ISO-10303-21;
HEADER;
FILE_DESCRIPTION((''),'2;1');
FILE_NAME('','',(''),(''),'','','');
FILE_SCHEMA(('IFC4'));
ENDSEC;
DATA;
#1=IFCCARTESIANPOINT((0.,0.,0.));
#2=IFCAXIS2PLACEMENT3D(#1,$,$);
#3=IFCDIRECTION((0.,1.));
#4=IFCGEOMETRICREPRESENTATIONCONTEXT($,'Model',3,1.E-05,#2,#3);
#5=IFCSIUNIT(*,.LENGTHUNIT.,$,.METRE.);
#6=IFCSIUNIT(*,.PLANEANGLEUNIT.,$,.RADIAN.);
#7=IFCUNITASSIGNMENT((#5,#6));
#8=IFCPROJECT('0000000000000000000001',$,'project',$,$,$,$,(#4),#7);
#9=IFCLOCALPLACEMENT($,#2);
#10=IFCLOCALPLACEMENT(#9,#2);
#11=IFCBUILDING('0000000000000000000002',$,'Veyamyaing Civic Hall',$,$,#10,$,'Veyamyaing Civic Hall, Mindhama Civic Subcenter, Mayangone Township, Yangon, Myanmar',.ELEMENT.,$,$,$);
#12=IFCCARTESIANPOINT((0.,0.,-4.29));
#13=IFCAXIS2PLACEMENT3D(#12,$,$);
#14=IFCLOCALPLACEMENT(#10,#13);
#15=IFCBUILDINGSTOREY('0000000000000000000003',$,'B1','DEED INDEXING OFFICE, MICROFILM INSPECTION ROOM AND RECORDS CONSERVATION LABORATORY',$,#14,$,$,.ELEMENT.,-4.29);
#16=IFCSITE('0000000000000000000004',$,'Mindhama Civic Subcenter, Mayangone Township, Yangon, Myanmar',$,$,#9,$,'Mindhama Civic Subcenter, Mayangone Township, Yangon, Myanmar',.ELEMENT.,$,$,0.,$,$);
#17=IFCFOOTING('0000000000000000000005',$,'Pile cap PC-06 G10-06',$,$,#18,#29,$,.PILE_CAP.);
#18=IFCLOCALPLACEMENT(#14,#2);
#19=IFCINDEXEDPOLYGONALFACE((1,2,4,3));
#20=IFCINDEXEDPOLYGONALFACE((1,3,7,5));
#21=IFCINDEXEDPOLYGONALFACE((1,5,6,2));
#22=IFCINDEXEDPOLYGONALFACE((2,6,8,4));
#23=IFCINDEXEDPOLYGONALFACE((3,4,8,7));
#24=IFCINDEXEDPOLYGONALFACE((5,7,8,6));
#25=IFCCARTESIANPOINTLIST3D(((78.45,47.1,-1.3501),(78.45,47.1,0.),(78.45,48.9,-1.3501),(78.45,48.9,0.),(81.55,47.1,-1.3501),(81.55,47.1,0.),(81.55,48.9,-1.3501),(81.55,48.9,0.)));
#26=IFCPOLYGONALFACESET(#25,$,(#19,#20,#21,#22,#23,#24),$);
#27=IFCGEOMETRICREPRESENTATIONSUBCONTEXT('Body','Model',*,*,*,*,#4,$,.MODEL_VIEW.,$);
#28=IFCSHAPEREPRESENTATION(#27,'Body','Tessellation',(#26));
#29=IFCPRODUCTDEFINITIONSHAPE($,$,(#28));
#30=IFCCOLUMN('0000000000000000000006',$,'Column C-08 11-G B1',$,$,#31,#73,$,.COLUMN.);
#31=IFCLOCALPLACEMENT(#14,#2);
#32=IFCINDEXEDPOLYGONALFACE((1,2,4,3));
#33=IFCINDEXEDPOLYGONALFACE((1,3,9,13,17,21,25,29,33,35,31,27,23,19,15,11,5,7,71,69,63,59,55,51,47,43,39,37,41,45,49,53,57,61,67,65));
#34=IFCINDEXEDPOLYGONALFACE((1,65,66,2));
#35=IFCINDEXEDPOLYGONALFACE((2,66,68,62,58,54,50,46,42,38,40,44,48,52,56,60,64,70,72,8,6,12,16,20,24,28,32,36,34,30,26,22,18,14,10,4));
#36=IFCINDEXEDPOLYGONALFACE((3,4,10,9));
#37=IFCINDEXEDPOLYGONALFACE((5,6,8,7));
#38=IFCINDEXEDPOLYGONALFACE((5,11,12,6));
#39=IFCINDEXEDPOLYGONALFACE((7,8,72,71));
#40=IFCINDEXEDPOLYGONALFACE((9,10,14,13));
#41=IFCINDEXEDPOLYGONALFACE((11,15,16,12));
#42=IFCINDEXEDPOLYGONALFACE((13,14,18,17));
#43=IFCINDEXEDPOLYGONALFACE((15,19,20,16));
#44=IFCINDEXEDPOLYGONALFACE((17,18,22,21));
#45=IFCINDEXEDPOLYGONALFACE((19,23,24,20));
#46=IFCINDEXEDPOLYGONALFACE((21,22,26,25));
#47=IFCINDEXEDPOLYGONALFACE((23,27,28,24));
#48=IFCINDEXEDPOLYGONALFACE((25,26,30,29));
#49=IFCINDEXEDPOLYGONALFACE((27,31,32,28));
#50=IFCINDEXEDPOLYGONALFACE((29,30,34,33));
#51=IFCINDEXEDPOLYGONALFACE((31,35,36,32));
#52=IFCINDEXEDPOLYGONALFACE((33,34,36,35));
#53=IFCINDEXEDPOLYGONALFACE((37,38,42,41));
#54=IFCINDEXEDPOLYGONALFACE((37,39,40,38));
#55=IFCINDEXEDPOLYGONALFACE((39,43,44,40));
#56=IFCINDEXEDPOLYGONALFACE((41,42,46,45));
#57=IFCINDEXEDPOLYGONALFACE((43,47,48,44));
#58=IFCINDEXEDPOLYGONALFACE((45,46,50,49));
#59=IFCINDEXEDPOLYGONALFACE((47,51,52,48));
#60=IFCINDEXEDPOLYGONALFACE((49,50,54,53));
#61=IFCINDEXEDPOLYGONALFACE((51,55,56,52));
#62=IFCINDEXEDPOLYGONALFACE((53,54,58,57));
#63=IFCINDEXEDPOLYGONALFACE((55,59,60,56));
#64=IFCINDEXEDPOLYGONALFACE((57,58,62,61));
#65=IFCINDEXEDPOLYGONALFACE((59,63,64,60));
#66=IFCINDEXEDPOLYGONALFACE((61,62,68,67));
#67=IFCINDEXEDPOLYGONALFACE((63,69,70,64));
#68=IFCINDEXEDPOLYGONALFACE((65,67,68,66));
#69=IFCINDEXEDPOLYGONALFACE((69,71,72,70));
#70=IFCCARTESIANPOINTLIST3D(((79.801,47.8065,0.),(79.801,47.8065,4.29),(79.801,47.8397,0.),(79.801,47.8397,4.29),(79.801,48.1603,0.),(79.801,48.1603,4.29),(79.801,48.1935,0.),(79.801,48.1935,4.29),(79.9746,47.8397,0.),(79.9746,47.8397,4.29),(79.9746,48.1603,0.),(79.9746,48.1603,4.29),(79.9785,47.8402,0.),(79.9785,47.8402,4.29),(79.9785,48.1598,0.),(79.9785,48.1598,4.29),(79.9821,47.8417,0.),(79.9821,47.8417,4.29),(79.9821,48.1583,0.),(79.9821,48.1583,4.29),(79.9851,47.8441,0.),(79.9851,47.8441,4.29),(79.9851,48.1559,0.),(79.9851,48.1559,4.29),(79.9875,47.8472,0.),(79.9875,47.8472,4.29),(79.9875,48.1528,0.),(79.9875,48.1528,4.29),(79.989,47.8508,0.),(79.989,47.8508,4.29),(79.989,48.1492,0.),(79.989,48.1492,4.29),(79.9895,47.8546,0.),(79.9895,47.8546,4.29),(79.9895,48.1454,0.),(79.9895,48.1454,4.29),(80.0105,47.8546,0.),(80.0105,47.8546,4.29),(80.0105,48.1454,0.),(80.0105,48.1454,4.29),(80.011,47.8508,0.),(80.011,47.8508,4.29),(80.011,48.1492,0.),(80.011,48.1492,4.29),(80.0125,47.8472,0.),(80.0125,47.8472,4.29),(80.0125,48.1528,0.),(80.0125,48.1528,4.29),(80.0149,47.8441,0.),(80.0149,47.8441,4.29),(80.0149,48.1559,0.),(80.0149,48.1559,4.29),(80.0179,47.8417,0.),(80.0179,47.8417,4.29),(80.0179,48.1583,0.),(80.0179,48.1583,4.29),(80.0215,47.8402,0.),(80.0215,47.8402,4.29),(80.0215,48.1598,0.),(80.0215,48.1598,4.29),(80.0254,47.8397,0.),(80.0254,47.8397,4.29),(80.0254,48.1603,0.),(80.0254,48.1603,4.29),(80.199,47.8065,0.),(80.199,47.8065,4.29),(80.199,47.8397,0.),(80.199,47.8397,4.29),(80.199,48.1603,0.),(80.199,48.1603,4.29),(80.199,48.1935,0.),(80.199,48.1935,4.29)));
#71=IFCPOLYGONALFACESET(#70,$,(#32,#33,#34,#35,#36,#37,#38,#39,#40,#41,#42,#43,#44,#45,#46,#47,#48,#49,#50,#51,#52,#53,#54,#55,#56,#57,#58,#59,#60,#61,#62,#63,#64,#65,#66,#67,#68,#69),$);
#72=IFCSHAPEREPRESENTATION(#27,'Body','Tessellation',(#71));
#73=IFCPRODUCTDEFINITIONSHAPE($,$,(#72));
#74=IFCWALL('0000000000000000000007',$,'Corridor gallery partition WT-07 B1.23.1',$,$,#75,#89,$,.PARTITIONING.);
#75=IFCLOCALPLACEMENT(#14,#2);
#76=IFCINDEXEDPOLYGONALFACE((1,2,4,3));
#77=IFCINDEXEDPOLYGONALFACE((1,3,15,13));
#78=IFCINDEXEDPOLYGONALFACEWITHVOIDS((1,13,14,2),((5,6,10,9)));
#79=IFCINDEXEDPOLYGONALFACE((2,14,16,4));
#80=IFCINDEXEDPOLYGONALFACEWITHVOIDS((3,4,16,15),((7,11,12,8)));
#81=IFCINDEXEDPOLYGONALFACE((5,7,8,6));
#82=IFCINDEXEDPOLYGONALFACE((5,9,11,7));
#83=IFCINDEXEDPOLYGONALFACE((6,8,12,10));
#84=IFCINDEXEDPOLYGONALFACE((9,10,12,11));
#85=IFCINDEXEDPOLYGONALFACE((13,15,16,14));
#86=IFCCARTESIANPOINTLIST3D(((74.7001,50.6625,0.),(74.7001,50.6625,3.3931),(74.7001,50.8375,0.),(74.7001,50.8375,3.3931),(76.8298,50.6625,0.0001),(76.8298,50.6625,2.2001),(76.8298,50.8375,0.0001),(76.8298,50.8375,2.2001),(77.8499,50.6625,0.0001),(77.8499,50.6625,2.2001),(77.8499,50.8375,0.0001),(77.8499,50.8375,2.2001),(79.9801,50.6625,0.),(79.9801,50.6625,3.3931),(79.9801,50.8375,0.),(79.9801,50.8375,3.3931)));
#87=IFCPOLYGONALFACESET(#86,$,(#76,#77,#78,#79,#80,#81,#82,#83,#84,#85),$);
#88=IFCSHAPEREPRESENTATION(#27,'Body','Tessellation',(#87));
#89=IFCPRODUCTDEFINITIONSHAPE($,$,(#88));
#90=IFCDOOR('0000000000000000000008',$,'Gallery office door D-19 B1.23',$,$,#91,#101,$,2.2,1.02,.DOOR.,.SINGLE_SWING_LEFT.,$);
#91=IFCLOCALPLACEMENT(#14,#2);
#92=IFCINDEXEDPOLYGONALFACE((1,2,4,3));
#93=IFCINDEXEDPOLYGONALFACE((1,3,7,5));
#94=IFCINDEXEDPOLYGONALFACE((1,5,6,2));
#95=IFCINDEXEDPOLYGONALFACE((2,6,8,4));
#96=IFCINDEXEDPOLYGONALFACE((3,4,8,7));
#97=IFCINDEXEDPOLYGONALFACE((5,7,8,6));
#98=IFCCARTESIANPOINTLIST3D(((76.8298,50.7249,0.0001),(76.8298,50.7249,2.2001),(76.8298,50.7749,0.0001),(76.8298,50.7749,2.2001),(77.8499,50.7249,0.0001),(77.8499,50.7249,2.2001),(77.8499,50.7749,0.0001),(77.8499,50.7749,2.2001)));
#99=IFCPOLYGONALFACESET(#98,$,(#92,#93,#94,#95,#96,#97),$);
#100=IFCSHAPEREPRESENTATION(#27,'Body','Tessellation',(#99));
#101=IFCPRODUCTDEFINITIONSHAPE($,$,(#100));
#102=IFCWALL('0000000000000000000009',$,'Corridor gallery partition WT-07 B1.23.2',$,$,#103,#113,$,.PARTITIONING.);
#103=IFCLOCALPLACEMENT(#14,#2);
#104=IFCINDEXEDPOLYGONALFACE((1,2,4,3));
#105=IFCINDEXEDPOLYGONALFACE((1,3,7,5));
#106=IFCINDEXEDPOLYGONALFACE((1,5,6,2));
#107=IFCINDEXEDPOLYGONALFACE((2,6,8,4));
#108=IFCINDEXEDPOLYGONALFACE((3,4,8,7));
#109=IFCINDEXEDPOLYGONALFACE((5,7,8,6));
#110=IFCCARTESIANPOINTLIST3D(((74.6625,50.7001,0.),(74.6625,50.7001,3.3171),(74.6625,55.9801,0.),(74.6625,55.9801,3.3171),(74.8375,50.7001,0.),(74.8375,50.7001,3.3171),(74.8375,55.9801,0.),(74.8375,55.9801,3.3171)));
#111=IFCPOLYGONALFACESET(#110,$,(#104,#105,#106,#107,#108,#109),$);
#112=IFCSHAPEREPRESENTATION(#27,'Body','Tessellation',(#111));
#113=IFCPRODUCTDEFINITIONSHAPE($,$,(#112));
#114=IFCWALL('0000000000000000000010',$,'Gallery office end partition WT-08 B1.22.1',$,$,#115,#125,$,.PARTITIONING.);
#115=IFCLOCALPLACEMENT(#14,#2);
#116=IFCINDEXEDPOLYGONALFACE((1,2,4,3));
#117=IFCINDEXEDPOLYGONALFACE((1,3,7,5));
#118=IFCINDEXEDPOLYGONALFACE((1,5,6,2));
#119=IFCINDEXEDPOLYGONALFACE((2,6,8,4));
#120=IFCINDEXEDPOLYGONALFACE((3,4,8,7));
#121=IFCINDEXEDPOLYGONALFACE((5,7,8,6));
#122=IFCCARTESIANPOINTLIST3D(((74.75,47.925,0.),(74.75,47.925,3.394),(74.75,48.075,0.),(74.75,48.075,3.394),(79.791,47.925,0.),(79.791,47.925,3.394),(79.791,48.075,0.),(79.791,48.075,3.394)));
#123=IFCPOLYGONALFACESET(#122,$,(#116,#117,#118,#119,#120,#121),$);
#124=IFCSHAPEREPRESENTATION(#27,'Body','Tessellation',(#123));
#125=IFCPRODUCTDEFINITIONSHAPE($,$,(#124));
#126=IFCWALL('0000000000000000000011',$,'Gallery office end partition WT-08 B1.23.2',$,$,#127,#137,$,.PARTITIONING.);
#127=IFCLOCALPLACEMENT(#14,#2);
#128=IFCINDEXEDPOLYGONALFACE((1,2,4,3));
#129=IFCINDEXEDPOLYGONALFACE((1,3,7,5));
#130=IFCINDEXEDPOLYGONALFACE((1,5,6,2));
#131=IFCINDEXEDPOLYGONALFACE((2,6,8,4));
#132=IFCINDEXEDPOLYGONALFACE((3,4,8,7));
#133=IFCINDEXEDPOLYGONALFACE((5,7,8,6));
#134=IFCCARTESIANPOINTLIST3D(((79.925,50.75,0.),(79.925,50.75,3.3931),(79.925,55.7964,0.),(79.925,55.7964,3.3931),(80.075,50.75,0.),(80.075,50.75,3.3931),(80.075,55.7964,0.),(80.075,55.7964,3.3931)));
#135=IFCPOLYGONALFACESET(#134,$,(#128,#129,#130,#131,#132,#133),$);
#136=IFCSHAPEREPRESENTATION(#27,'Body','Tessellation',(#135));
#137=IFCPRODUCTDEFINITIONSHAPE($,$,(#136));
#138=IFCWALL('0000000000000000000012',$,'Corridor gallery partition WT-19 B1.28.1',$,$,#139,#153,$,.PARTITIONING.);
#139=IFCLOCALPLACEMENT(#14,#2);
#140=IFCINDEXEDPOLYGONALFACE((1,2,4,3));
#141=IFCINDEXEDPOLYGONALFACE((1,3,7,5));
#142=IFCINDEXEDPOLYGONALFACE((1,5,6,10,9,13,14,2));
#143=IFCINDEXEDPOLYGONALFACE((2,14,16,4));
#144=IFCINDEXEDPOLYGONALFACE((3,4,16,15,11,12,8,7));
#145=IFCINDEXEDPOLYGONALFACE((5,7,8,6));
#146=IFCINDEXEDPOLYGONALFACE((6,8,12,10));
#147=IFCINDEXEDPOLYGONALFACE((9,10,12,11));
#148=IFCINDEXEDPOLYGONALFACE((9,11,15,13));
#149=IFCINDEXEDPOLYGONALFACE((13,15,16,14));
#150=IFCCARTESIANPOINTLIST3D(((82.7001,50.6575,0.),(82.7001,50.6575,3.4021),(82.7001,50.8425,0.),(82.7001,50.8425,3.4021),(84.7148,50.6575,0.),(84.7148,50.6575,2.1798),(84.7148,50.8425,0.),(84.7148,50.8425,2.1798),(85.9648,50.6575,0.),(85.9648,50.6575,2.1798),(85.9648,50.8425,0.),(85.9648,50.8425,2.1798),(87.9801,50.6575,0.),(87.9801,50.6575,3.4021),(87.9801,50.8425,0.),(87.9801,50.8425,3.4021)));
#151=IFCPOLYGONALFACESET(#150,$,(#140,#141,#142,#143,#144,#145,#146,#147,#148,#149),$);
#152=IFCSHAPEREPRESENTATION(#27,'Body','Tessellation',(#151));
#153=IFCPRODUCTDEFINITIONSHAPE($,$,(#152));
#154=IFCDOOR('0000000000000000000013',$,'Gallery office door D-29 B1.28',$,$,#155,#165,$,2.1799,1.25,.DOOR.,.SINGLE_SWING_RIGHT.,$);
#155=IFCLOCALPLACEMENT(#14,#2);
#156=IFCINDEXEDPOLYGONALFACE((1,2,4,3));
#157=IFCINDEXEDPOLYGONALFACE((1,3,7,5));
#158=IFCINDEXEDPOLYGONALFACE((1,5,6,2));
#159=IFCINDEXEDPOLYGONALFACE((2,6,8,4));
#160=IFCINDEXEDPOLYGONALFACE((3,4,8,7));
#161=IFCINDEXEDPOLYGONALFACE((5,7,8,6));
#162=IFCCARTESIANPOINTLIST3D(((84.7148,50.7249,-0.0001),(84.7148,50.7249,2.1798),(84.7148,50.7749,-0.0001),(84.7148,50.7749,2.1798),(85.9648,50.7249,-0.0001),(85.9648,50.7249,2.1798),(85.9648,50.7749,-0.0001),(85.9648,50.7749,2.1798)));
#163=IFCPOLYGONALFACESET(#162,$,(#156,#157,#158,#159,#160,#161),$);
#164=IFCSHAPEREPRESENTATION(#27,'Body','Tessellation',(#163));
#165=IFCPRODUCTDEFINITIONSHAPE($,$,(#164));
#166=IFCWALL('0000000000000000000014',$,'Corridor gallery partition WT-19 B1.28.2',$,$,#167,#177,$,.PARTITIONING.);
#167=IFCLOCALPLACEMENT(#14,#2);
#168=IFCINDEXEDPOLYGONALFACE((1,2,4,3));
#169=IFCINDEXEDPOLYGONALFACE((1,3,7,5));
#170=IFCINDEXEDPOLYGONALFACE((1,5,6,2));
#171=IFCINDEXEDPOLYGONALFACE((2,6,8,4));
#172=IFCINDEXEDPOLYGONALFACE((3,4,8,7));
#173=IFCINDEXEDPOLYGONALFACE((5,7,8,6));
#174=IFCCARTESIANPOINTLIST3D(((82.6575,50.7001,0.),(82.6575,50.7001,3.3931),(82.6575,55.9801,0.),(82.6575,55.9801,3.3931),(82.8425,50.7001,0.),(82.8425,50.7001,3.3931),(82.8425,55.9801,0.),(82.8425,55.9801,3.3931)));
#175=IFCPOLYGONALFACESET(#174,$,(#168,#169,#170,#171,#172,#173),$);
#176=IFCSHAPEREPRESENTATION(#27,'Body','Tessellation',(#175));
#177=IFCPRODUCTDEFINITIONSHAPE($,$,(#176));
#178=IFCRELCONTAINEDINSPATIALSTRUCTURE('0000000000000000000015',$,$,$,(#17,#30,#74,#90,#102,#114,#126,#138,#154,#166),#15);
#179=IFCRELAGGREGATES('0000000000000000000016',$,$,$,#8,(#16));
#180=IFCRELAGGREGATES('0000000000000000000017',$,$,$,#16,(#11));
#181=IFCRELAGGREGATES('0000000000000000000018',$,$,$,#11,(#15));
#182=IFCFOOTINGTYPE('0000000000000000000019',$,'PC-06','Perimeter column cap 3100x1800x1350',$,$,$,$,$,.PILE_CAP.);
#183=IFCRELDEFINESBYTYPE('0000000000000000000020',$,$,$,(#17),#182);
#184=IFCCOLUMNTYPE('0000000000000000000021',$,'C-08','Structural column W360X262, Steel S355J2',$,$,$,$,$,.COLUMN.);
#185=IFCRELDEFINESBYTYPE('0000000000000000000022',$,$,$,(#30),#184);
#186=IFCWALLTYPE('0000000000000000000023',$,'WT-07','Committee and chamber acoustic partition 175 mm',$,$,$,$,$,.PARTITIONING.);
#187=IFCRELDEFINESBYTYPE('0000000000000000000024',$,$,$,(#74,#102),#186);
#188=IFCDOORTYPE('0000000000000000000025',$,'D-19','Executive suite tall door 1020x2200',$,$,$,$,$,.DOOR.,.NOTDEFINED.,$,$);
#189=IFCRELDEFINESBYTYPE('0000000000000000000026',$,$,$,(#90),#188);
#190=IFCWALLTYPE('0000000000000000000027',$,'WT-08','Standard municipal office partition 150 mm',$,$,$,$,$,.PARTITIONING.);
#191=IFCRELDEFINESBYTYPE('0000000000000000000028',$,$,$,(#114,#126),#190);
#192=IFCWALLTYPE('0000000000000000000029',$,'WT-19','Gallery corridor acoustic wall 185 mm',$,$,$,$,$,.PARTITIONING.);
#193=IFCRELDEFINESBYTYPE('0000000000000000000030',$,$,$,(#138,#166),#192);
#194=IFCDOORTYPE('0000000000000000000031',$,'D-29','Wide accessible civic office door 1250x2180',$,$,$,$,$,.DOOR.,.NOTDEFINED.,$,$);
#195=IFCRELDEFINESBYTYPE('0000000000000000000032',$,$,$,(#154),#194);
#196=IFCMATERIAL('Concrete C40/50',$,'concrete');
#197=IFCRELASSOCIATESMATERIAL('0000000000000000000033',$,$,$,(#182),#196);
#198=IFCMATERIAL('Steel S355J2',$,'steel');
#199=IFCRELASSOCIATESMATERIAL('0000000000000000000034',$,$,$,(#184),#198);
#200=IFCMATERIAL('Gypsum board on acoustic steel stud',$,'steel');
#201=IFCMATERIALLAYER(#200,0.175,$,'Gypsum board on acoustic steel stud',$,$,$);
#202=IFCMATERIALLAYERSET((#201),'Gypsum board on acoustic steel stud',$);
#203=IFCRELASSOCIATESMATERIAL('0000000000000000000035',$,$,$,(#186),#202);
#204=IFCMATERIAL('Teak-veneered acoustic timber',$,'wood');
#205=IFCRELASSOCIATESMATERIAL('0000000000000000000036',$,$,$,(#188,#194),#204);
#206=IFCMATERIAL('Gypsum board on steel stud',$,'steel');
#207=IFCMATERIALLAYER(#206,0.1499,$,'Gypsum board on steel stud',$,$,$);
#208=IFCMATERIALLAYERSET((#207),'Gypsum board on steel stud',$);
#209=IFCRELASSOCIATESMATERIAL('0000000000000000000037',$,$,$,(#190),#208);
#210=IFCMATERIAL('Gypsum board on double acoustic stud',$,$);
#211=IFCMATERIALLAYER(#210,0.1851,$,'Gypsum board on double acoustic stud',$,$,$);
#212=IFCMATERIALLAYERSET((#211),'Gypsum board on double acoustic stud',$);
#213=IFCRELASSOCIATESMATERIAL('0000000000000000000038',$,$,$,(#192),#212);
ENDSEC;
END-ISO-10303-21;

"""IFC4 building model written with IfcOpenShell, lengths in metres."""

from ifc_helpers import new_model, si_unit, direction, frame, frame_2d, origin, origin_2d, place, context, subcontext, project, spatial, rectangle, i_section, extrude, material, layer, layer_set, material_profile, profile_set, type_object, element, fill, save


model = new_model("IFC4")

# Units and contexts
model_context = context("Model", 3, precision=1e-05, world=origin(), true_north=direction((0.0, 1.0)))
body_context = subcontext(model_context, "Body", "Model", "MODEL_VIEW")
ifc_project = project(units=[si_unit("LENGTHUNIT", "METRE"), si_unit("PLANEANGLEUNIT", "RADIAN")], contexts=[model_context])

# Site, building, storey
site_placement = place(None, origin())
site = spatial("IfcSite", under=ifc_project, at=site_placement, Name="Mindhama Civic Subcenter, Mayangone Township, Yangon, Myanmar", LongName="Mindhama Civic Subcenter, Mayangone Township, Yangon, Myanmar", CompositionType="ELEMENT", RefElevation=0.0)
building_placement = place(site_placement, origin())
building = spatial("IfcBuilding", under=site, at=building_placement, Name="Veyamyaing Civic Hall", LongName="Veyamyaing Civic Hall, Mindhama Civic Subcenter, Mayangone Township, Yangon, Myanmar", CompositionType="ELEMENT")
storey_placement = place(building_placement, frame((0.0, 0.0, -4.29)))
storey = spatial("IfcBuildingStorey", under=building, at=storey_placement, Name="B1", Description="DEED INDEXING OFFICE, MICROFILM INSPECTION ROOM AND RECORDS CONSERVATION LABORATORY", CompositionType="ELEMENT", Elevation=-4.29)

# Shared definitions
ifc_material_1 = material(Name="Concrete C40/50", Category="concrete")

# Footing
footing_type_1 = type_object("IfcFootingType", Name="PC-06", Description="Perimeter column cap 3100x1800x1350", PredefinedType="PILE_CAP", material=ifc_material_1)
footing_1_placement = place(storey_placement, frame((80.0, 48.0, -1.3501), z_axis=(0.0, 0.0, 1.0), x_axis=(1.0, 0.0, 0.0)))
element("IfcFooting", 1, at=footing_1_placement, inside=storey, type_object=footing_type_1, Name="Pile cap PC-06 G10-06", PredefinedType="PILE_CAP", context=body_context, shape_type="SweptSolid", body=[
    extrude(rectangle(XDim=3.1001, YDim=1.8, at=origin_2d()), origin(), (0.0, 0.0, 1.0), 1.3501),
])

# Column
ifc_material_2 = material(Name="Steel S355J2", Category="steel")
ifc_material_profile_1 = material_profile(ifc_material_2, i_section(OverallWidth=0.3979, OverallDepth=0.387, WebThickness=0.021, FlangeThickness=0.0332, FilletRadius=0.0149, at=origin_2d()), Name="W360X262")
ifc_profile_set_1 = profile_set([ifc_material_profile_1], Name="Steel S355J2")
column_type = type_object("IfcColumnType", Name="C-08", Description="Structural column W360X262, Steel S355J2", PredefinedType="COLUMN", material=ifc_profile_set_1)
column_placement = place(storey_placement, frame((80.0, 48.0, 0.0), z_axis=(0.0, 0.0, 1.0), x_axis=(1.0, 0.0, 0.0)))
element("IfcColumn", 2, at=column_placement, inside=storey, type_object=column_type, Name="Column C-08 11-G B1", PredefinedType="COLUMN", context=body_context, shape_type="SweptSolid", body=[
    extrude(i_section(OverallWidth=0.3979, OverallDepth=0.387, WebThickness=0.021, FlangeThickness=0.0332, FilletRadius=0.0149, at=origin_2d()), origin(), (0.0, 0.0, 1.0), 4.29),
])

# Shared definitions
ifc_material_3 = material(Name="Teak-veneered acoustic timber", Category="wood")

# Wall, opening, door
ifc_material_4 = material(Name="Gypsum board on acoustic steel stud", Category="steel")
ifc_layer_1 = layer(ifc_material_4, 0.175, Name="Gypsum board on acoustic steel stud")
ifc_layer_set_1 = layer_set([ifc_layer_1], Name="Gypsum board on acoustic steel stud")
wall_type_1 = type_object("IfcWallType", Name="WT-07", Description="Committee and chamber acoustic partition 175 mm", PredefinedType="PARTITIONING", material=ifc_layer_set_1)
wall_1_placement = place(storey_placement, frame((74.7, 50.75, 0.0), z_axis=(0.0, 0.0, 1.0), x_axis=(1.0, 0.0, 0.0)))
wall_1 = element("IfcWall", 3, at=wall_1_placement, inside=storey, type_object=wall_type_1, Name="Corridor gallery partition WT-07 B1.23.1", PredefinedType="PARTITIONING", context=body_context, shape_type="SweptSolid", body=[
    extrude(rectangle(XDim=5.28, YDim=0.175, at=frame_2d((2.6401, 0.0))), origin(), (0.0, 0.0, 1.0), 3.3931),
])
opening_1_placement = place(wall_1_placement, frame((2.1299, 0.0, 0.0)))
opening_1 = element("IfcOpeningElement", 4, at=opening_1_placement, cuts=wall_1, PredefinedType="OPENING", context=body_context, shape_type="SweptSolid", body=[
    extrude(rectangle(XDim=1.02, YDim=2.2, at=frame_2d((0.51, 1.1001))), frame((0.0, 0.0974, 0.0), z_axis=(0.0, -1.0, 0.0), x_axis=(1.0, 0.0, 0.0)), (0.0, 0.0, 1.0), 0.1951),
])
door_type_1 = type_object("IfcDoorType", Name="D-19", Description="Executive suite tall door 1020x2200", OperationType="NOTDEFINED", PredefinedType="DOOR", material=ifc_material_3)
door_1_placement = place(opening_1_placement, origin())
door_1 = element("IfcDoor", 5, at=door_1_placement, inside=storey, type_object=door_type_1, Name="Gallery office door D-19 B1.23", OperationType="SINGLE_SWING_LEFT", OverallHeight=2.2, OverallWidth=1.02, PredefinedType="DOOR", context=body_context, shape_type="SweptSolid", body=[
    extrude(rectangle(XDim=1.02, YDim=2.2, at=frame_2d((0.51, 1.1001))), frame((0.0, 0.0249, 0.0), z_axis=(0.0, -1.0, 0.0), x_axis=(1.0, 0.0, 0.0)), (0.0, 0.0, 1.0), 0.05),
])
fill(opening_1, door_1)

# Walls
wall_2_placement = place(storey_placement, frame((74.75, 50.7, 0.0), z_axis=(0.0, 0.0, 1.0), x_axis=(0.0, 1.0, 0.0)))
element("IfcWall", 6, at=wall_2_placement, inside=storey, type_object=wall_type_1, Name="Corridor gallery partition WT-07 B1.23.2", PredefinedType="PARTITIONING", context=body_context, shape_type="SweptSolid", body=[
    extrude(rectangle(XDim=5.28, YDim=0.175, at=frame_2d((2.6401, 0.0))), origin(), (0.0, 0.0, 1.0), 3.3171),
])
ifc_material_5 = material(Name="Gypsum board on steel stud", Category="steel")
ifc_layer_2 = layer(ifc_material_5, 0.1499, Name="Gypsum board on steel stud")
ifc_layer_set_2 = layer_set([ifc_layer_2], Name="Gypsum board on steel stud")
wall_type_2 = type_object("IfcWallType", Name="WT-08", Description="Standard municipal office partition 150 mm", PredefinedType="PARTITIONING", material=ifc_layer_set_2)
wall_3_placement = place(storey_placement, frame((74.75, 48.0, 0.0), z_axis=(0.0, 0.0, 1.0), x_axis=(1.0, 0.0, 0.0)))
element("IfcWall", 7, at=wall_3_placement, inside=storey, type_object=wall_type_2, Name="Gallery office end partition WT-08 B1.22.1", PredefinedType="PARTITIONING", context=body_context, shape_type="SweptSolid", body=[
    extrude(rectangle(XDim=5.041, YDim=0.1499, at=frame_2d((2.5205, 0.0))), origin(), (0.0, 0.0, 1.0), 3.394),
])
wall_4_placement = place(storey_placement, frame((80.0, 50.75, 0.0), z_axis=(0.0, 0.0, 1.0), x_axis=(0.0, 1.0, 0.0)))
element("IfcWall", 8, at=wall_4_placement, inside=storey, type_object=wall_type_2, Name="Gallery office end partition WT-08 B1.23.2", PredefinedType="PARTITIONING", context=body_context, shape_type="SweptSolid", body=[
    extrude(rectangle(XDim=5.0464, YDim=0.1499, at=frame_2d((2.5232, 0.0))), origin(), (0.0, 0.0, 1.0), 3.3931),
])

# Wall, opening, door
ifc_material_6 = material(Name="Gypsum board on double acoustic stud")
ifc_layer_3 = layer(ifc_material_6, 0.1851, Name="Gypsum board on double acoustic stud")
ifc_layer_set_3 = layer_set([ifc_layer_3], Name="Gypsum board on double acoustic stud")
wall_type_3 = type_object("IfcWallType", Name="WT-19", Description="Gallery corridor acoustic wall 185 mm", PredefinedType="PARTITIONING", material=ifc_layer_set_3)
wall_5_placement = place(storey_placement, frame((82.7, 50.75, 0.0), z_axis=(0.0, 0.0, 1.0), x_axis=(1.0, 0.0, 0.0)))
wall_5 = element("IfcWall", 9, at=wall_5_placement, inside=storey, type_object=wall_type_3, Name="Corridor gallery partition WT-19 B1.28.1", PredefinedType="PARTITIONING", context=body_context, shape_type="SweptSolid", body=[
    extrude(rectangle(XDim=5.28, YDim=0.1851, at=frame_2d((2.6401, 0.0))), origin(), (0.0, 0.0, 1.0), 3.4021),
])
opening_2_placement = place(wall_5_placement, frame((2.0149, 0.0, 0.0)))
opening_2 = element("IfcOpeningElement", 10, at=opening_2_placement, cuts=wall_5, PredefinedType="OPENING", context=body_context, shape_type="SweptSolid", body=[
    extrude(rectangle(XDim=1.25, YDim=2.1799, at=frame_2d((0.625, 1.0898))), frame((0.0, 0.1025, 0.0), z_axis=(0.0, -1.0, 0.0), x_axis=(1.0, 0.0, 0.0)), (0.0, 0.0, 1.0), 0.2051),
])
door_type_2 = type_object("IfcDoorType", Name="D-29", Description="Wide accessible civic office door 1250x2180", OperationType="NOTDEFINED", PredefinedType="DOOR", material=ifc_material_3)
door_2_placement = place(opening_2_placement, origin())
door_2 = element("IfcDoor", 11, at=door_2_placement, inside=storey, type_object=door_type_2, Name="Gallery office door D-29 B1.28", OperationType="SINGLE_SWING_RIGHT", OverallHeight=2.1799, OverallWidth=1.25, PredefinedType="DOOR", context=body_context, shape_type="SweptSolid", body=[
    extrude(rectangle(XDim=1.25, YDim=2.1799, at=frame_2d((0.625, 1.0898))), frame((0.0, 0.0249, 0.0), z_axis=(0.0, -1.0, 0.0), x_axis=(1.0, 0.0, 0.0)), (0.0, 0.0, 1.0), 0.05),
])
fill(opening_2, door_2)

# Wall
wall_6_placement = place(storey_placement, frame((82.75, 50.7, 0.0), z_axis=(0.0, 0.0, 1.0), x_axis=(0.0, 1.0, 0.0)))
element("IfcWall", 12, at=wall_6_placement, inside=storey, type_object=wall_type_3, Name="Corridor gallery partition WT-19 B1.28.2", PredefinedType="PARTITIONING", context=body_context, shape_type="SweptSolid", body=[
    extrude(rectangle(XDim=5.28, YDim=0.1851, at=frame_2d((2.6401, 0.0))), origin(), (0.0, 0.0, 1.0), 3.3931),
])

save(model, "model.ifc")
